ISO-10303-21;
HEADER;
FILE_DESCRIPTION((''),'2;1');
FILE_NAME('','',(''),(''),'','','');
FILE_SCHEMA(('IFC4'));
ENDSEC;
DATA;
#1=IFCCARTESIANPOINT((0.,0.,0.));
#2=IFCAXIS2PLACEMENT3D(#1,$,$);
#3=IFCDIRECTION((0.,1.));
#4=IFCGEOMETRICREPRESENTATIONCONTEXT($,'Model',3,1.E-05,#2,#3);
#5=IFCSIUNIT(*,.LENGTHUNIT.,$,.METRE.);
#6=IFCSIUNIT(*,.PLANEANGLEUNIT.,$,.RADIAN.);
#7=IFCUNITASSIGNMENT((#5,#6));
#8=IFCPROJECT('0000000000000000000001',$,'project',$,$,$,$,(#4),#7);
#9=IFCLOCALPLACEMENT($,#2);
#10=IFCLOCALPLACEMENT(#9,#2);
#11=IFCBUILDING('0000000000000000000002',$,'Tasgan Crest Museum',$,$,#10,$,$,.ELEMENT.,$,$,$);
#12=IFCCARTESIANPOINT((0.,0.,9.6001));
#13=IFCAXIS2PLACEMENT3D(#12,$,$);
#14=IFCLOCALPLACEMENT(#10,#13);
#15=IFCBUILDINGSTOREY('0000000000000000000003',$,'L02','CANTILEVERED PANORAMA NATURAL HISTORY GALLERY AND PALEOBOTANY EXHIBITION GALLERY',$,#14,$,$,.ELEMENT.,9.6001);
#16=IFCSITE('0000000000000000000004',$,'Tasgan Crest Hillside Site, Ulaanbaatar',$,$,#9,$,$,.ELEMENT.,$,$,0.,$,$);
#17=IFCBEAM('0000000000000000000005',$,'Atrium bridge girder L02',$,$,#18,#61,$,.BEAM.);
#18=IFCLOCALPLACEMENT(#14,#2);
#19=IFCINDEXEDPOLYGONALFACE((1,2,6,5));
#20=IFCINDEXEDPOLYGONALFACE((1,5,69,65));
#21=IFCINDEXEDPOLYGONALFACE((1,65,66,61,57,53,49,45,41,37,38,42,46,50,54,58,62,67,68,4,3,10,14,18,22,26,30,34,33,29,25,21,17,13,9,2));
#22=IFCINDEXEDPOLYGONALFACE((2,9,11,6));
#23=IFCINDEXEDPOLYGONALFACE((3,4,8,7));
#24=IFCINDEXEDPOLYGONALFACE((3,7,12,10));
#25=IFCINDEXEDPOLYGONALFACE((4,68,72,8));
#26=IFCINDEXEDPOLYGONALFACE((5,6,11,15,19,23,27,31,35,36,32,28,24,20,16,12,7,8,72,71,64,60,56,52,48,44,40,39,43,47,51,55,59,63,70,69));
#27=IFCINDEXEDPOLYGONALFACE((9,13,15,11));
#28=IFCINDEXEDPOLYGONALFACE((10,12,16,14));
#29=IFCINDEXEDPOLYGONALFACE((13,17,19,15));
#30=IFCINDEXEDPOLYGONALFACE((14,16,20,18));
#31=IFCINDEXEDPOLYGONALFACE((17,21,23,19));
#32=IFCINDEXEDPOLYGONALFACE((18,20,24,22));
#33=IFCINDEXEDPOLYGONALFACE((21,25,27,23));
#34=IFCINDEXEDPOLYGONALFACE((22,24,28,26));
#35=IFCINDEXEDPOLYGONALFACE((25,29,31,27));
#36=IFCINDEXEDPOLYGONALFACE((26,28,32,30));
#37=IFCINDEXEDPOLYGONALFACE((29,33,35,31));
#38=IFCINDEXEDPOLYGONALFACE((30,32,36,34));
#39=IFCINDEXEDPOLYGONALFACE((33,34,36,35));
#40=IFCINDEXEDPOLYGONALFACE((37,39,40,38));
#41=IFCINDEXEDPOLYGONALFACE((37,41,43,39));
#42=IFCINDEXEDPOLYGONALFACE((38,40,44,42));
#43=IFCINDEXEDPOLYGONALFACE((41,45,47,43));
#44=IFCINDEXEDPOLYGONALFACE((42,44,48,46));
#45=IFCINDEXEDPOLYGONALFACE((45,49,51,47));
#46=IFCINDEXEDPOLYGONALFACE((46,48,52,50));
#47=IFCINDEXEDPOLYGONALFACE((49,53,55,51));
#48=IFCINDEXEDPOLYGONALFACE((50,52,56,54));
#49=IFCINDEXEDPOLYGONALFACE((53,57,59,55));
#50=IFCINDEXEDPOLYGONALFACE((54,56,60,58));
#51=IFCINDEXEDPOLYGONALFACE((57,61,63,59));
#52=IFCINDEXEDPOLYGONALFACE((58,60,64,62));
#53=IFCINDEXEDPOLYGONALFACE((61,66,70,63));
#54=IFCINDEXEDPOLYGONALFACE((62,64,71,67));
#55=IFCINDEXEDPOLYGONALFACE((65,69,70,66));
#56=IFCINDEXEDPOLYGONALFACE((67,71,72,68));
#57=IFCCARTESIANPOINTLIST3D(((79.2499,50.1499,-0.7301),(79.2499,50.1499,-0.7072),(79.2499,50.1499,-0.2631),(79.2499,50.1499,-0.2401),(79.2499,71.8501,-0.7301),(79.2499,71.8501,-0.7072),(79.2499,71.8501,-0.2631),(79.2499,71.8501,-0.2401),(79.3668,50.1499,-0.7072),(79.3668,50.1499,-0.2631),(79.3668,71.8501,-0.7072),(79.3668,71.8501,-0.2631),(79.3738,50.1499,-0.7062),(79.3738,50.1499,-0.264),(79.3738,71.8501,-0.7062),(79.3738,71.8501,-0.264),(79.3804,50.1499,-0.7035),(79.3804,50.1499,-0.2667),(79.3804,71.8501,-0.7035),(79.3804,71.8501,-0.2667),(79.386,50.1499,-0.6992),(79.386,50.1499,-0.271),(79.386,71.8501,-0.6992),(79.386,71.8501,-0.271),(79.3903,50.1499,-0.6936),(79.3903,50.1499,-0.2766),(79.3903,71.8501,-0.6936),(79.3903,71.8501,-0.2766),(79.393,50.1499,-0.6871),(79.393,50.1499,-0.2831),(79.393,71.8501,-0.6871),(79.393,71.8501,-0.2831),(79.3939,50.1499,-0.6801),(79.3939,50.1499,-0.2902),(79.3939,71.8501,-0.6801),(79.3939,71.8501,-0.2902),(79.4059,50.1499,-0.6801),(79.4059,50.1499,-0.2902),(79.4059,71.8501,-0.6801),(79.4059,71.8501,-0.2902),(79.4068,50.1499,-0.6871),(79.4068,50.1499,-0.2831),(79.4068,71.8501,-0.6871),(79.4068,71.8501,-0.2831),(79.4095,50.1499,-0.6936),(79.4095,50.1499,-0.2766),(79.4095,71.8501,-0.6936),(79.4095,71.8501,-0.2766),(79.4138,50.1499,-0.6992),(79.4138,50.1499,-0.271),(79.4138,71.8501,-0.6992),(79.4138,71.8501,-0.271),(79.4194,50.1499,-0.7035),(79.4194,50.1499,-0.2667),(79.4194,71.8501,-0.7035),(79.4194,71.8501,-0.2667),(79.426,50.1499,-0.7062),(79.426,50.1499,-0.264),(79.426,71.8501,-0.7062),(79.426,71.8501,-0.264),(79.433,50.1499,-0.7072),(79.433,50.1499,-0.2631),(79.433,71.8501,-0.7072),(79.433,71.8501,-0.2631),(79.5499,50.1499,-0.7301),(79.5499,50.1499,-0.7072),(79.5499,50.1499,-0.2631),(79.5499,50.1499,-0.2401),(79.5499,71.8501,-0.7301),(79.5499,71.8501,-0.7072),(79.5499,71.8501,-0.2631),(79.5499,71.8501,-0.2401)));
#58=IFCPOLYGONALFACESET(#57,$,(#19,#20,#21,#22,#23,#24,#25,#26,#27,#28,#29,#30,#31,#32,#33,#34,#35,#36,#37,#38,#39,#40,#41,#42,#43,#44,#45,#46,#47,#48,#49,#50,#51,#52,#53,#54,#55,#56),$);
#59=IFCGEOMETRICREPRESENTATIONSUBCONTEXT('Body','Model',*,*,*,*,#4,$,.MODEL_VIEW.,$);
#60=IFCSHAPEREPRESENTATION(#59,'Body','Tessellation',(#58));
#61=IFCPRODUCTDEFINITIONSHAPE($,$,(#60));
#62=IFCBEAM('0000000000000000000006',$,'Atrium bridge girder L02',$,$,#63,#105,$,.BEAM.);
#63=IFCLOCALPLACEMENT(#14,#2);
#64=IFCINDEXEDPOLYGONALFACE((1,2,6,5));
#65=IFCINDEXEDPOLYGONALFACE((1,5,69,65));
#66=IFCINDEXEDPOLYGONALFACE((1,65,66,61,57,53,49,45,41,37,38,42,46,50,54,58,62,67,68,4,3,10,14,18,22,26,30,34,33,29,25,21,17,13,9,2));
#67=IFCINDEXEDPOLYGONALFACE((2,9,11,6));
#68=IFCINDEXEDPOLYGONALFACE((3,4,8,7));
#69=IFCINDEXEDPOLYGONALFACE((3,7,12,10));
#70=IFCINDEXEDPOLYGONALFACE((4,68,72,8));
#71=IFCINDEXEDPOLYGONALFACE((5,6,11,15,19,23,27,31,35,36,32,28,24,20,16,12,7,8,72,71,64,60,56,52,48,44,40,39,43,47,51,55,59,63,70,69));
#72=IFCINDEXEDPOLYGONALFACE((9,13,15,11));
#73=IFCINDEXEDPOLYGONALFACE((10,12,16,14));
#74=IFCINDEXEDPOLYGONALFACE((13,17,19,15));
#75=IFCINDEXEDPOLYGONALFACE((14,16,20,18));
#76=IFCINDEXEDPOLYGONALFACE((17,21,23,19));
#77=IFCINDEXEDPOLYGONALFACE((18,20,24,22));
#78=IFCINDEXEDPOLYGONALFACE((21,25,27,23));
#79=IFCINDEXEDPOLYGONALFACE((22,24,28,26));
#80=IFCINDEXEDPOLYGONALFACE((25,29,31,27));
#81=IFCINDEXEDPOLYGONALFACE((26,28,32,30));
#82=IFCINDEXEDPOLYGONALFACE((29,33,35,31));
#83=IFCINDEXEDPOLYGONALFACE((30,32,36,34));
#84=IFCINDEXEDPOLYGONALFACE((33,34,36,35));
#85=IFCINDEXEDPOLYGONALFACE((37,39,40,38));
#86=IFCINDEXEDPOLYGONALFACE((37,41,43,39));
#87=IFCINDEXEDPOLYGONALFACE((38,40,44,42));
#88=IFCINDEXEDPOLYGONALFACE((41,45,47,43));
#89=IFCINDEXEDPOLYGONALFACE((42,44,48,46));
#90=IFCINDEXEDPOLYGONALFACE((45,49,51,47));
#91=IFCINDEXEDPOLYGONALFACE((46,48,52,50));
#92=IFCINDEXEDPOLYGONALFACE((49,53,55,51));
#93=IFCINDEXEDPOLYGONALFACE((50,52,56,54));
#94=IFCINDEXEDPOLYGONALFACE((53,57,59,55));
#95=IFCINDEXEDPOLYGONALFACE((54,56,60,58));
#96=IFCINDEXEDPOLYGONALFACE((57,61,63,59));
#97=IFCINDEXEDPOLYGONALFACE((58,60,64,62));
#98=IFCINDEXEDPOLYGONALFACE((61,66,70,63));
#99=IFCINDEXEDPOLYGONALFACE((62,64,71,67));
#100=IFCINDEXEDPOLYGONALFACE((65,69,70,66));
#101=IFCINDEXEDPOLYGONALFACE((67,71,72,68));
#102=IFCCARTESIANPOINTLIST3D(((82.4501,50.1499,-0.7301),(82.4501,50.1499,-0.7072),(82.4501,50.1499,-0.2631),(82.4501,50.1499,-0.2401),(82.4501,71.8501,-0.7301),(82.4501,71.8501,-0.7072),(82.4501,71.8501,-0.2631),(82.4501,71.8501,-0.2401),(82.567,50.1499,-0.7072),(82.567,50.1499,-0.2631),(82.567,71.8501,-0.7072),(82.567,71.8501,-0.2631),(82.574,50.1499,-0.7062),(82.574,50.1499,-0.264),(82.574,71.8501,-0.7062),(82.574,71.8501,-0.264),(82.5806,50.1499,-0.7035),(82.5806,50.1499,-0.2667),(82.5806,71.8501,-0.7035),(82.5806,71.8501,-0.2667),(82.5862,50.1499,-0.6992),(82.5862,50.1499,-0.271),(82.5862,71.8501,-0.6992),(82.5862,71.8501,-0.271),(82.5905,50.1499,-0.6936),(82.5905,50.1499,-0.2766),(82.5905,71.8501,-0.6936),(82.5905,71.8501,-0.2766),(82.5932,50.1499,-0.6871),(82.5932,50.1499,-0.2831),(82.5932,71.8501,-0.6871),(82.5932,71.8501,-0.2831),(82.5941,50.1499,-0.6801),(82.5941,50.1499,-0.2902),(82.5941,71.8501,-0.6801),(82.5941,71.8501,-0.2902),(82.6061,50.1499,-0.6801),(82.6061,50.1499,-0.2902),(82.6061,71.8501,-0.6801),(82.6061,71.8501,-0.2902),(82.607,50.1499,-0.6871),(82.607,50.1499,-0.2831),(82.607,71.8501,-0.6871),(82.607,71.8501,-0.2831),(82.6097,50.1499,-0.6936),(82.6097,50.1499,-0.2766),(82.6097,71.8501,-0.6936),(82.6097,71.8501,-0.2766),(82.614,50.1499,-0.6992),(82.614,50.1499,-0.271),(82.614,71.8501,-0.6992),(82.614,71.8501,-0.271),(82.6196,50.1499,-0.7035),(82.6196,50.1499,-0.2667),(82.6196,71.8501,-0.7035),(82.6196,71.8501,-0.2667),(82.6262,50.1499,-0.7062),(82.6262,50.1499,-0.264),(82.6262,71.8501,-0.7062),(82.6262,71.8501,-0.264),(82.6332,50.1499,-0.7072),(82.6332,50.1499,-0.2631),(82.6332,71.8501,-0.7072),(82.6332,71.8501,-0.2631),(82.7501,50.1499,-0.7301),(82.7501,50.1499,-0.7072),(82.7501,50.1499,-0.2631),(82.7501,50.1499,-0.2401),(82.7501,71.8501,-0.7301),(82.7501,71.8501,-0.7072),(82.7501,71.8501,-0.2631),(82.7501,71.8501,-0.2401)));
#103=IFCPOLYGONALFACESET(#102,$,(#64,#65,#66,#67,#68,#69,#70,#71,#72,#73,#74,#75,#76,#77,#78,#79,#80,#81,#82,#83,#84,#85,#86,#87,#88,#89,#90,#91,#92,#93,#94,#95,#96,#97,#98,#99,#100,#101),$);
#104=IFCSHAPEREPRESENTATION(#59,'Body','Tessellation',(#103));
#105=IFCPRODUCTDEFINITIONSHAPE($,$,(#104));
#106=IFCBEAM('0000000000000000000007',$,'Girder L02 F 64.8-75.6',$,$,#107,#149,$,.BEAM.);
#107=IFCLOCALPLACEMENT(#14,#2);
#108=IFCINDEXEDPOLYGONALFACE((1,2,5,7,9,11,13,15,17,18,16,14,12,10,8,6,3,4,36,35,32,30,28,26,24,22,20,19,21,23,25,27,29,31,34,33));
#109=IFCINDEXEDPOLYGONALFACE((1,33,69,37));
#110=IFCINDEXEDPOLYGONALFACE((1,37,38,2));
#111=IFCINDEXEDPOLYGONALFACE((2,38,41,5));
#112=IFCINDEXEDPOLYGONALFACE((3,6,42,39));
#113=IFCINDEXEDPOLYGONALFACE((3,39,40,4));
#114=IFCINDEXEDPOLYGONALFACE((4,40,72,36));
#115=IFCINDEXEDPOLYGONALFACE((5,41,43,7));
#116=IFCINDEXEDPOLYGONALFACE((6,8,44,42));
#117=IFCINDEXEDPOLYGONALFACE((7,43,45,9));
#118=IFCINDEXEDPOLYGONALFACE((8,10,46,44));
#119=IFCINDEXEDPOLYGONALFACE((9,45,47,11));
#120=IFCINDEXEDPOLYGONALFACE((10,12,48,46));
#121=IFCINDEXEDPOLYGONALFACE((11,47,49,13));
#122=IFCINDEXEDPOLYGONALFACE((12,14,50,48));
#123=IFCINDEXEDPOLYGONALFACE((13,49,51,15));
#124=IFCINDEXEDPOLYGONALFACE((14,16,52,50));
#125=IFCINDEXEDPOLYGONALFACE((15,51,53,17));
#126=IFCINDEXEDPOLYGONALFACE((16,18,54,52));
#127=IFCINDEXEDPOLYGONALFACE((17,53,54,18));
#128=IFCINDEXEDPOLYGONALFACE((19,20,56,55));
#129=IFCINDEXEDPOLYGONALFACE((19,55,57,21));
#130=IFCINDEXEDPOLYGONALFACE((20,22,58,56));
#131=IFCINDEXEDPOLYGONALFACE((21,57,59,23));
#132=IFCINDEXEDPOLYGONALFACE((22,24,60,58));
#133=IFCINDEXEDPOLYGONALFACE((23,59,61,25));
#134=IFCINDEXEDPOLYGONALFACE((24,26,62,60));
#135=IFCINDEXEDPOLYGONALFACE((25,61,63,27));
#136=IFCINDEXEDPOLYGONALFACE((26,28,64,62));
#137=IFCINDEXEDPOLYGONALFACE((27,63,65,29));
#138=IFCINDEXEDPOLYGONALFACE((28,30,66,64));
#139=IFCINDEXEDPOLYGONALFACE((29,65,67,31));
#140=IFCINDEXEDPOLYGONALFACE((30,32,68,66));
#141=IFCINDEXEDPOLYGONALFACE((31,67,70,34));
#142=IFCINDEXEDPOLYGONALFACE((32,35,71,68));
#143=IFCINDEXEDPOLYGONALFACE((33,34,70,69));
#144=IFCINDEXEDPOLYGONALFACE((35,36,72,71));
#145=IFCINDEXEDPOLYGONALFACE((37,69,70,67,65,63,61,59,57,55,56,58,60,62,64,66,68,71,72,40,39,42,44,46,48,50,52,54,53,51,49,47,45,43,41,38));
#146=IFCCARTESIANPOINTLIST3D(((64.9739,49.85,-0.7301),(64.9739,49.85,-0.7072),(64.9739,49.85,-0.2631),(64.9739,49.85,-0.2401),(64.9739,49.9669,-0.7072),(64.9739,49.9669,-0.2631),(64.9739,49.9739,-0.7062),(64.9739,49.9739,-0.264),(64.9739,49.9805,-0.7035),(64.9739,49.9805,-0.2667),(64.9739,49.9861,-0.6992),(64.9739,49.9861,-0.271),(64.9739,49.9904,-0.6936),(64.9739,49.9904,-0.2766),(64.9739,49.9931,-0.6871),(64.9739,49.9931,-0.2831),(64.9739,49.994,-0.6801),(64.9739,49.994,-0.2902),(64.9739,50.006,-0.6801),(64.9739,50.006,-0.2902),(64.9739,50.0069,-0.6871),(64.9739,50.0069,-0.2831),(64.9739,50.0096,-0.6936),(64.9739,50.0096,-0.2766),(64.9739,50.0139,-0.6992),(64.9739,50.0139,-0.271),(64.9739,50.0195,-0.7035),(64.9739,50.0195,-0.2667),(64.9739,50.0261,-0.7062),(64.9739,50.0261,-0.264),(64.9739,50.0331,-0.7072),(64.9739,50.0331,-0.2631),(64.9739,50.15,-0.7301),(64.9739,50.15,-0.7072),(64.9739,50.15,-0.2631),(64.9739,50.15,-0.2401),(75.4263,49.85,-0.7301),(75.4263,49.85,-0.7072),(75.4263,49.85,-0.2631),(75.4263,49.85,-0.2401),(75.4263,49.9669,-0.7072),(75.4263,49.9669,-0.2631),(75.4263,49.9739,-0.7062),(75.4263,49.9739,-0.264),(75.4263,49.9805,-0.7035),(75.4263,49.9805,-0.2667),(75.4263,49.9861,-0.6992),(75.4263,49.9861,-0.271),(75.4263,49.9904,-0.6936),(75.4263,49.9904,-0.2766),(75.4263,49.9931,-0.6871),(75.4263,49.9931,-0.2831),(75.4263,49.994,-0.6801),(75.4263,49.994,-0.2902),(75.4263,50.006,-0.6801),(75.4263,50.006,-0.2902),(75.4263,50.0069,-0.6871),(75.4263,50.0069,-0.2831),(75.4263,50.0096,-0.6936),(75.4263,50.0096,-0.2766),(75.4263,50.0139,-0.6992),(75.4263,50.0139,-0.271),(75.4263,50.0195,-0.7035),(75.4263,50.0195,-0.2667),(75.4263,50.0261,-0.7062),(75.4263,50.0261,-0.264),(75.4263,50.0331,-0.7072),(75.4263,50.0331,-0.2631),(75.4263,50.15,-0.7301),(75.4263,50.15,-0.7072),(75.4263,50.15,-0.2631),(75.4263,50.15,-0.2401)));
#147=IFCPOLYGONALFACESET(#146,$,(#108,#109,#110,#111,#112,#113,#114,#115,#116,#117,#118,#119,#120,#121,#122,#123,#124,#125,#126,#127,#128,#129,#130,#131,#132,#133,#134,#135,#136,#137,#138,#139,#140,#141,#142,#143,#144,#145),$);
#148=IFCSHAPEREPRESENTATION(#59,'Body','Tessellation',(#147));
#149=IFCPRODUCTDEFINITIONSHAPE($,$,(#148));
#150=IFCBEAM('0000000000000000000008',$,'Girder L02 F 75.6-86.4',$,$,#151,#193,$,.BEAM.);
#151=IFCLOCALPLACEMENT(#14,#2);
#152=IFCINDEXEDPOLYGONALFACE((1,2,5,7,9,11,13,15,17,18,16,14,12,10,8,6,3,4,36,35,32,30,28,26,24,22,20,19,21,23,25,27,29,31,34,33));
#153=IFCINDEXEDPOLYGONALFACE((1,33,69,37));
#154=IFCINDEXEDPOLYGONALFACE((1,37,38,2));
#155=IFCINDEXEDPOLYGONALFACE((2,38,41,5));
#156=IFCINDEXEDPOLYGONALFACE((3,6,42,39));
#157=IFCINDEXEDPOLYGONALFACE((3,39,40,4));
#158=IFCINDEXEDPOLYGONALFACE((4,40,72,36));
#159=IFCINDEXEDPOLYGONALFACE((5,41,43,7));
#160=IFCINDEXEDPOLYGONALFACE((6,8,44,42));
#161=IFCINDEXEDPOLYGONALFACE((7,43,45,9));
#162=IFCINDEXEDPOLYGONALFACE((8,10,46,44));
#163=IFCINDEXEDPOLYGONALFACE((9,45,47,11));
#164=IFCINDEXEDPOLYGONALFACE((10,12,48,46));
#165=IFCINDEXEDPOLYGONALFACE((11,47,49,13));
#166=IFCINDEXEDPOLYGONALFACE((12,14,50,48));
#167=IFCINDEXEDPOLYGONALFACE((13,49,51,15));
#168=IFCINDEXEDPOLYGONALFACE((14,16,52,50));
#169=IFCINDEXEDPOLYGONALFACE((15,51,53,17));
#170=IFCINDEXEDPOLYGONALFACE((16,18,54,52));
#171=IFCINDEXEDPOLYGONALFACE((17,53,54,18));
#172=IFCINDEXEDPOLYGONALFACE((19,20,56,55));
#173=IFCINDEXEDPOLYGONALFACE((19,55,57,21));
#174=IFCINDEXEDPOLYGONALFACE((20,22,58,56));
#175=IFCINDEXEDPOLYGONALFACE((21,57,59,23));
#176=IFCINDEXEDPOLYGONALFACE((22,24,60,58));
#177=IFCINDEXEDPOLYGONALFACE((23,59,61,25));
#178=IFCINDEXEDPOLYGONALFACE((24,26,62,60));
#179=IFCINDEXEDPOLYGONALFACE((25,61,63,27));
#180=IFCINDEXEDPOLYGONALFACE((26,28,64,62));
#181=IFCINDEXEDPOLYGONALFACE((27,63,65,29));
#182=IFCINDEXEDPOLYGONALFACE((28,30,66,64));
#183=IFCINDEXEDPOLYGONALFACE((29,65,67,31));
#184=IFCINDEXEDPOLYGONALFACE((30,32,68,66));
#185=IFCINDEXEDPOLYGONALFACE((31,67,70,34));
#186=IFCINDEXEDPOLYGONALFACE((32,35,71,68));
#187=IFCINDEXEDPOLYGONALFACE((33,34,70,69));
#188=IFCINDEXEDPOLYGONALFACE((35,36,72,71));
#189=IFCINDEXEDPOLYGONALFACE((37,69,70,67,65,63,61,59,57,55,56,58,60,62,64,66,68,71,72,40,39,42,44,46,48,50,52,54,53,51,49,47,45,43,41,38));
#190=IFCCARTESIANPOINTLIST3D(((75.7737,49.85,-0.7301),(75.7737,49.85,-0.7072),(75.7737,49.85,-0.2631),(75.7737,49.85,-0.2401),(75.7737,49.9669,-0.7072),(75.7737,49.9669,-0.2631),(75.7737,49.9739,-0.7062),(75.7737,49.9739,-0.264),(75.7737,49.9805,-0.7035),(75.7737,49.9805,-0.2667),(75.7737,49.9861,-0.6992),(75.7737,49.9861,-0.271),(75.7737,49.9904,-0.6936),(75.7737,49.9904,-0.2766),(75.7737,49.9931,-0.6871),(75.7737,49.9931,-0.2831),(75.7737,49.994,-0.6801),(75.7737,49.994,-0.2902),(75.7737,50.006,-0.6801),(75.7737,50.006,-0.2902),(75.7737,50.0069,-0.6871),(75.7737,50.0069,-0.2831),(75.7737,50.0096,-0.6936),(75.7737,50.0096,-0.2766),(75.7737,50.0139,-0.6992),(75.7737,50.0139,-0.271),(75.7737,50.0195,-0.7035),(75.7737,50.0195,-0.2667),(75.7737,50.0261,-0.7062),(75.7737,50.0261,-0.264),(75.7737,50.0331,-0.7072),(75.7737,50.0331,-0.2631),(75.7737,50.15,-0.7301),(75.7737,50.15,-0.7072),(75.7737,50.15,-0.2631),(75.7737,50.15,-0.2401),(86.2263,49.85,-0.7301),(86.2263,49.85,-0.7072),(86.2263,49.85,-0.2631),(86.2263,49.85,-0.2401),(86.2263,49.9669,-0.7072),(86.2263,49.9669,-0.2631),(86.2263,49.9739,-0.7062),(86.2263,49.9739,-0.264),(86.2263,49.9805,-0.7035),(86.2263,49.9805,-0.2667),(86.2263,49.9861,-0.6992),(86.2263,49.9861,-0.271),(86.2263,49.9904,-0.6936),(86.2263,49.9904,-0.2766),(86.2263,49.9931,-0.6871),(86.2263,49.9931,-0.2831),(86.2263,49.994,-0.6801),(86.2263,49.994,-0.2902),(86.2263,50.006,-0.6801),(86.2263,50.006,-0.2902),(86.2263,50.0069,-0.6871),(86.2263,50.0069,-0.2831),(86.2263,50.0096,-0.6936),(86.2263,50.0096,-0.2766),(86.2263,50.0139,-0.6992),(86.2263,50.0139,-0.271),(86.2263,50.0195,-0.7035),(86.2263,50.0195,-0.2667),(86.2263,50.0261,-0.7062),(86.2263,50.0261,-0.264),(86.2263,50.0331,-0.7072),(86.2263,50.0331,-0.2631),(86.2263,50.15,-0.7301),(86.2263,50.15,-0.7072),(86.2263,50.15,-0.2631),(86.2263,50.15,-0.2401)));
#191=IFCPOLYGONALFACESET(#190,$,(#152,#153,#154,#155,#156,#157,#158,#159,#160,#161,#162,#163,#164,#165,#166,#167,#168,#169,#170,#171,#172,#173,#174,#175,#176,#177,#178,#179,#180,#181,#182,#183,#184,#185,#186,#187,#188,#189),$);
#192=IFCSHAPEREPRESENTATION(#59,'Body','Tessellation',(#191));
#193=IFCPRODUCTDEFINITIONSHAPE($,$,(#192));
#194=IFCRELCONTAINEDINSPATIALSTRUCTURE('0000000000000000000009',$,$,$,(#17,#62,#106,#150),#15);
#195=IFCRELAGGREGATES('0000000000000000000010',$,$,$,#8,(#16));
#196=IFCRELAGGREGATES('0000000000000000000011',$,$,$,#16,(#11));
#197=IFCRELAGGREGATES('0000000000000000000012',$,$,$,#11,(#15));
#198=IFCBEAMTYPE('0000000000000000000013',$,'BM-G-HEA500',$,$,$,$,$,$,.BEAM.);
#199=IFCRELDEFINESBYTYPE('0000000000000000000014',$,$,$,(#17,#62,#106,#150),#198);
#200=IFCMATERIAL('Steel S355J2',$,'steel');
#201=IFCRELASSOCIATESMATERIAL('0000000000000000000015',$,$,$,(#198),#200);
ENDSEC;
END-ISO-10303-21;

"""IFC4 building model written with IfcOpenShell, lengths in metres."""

from ifc_helpers import new_model, si_unit, direction, frame, origin, origin_2d, place, context, subcontext, project, spatial, i_section, extrude, material, material_profile, profile_set, type_object, element, save


model = new_model("IFC4")

# Units and contexts
model_context = context("Model", 3, precision=1e-05, world=origin(), true_north=direction((0.0, 1.0)))
body_context = subcontext(model_context, "Body", "Model", "MODEL_VIEW")
ifc_project = project(units=[si_unit("LENGTHUNIT", "METRE"), si_unit("PLANEANGLEUNIT", "RADIAN")], contexts=[model_context])

# Site, building, storey
site_placement = place(None, origin())
site = spatial("IfcSite", under=ifc_project, at=site_placement, Name="Tasgan Crest Hillside Site, Ulaanbaatar", CompositionType="ELEMENT", RefElevation=0.0)
building_placement = place(site_placement, origin())
building = spatial("IfcBuilding", under=site, at=building_placement, Name="Tasgan Crest Museum", CompositionType="ELEMENT")
storey_placement = place(building_placement, frame((0.0, 0.0, 9.6001)))
storey = spatial("IfcBuildingStorey", under=building, at=storey_placement, Name="L02", Description="CANTILEVERED PANORAMA NATURAL HISTORY GALLERY AND PALEOBOTANY EXHIBITION GALLERY", CompositionType="ELEMENT", Elevation=9.6001)

# Beams
ifc_material_1 = material(Name="Steel S355J2", Category="steel")
ifc_material_profile_1 = material_profile(ifc_material_1, i_section(OverallWidth=0.3, OverallDepth=0.49, WebThickness=0.012, FlangeThickness=0.0229, FilletRadius=0.0271, at=origin_2d()), Name="HEA 500")
ifc_profile_set_1 = profile_set([ifc_material_profile_1], Name="Steel S355J2")
beam_type_1 = type_object("IfcBeamType", Name="BM-G-HEA500", PredefinedType="BEAM", material=ifc_profile_set_1)
for number, where, z_axis, x_axis, name in (
    (1, (79.3999, 50.1499, -0.4851), (0.0, 1.0, 0.0), (-1.0, 0.0, 0.0), "Atrium bridge girder L02"),
    (2, (82.6001, 50.1499, -0.4851), (0.0, 1.0, 0.0), (-1.0, 0.0, 0.0), "Atrium bridge girder L02"),
):
    element("IfcBeam", number, at=place(storey_placement, frame(where, z_axis=z_axis, x_axis=x_axis)), inside=storey, type_object=beam_type_1, Name=name, PredefinedType="BEAM", context=body_context, shape_type="SweptSolid", body=[
        extrude(i_section(OverallWidth=0.3, OverallDepth=0.49, WebThickness=0.012, FlangeThickness=0.0229, FilletRadius=0.0271, at=origin_2d()), origin(), (0.0, 0.0, 1.0), 21.7002),
    ])
beam_1_placement = place(storey_placement, frame((64.9739, 50.0, -0.4851), z_axis=(1.0, 0.0, 0.0), x_axis=(0.0, 1.0, 0.0)))
element("IfcBeam", 3, at=beam_1_placement, inside=storey, type_object=beam_type_1, Name="Girder L02 F 64.8-75.6", PredefinedType="BEAM", context=body_context, shape_type="SweptSolid", body=[
    extrude(i_section(OverallWidth=0.3, OverallDepth=0.49, WebThickness=0.012, FlangeThickness=0.0229, FilletRadius=0.0271, at=origin_2d()), origin(), (0.0, 0.0, 1.0), 10.4524),
])
beam_2_placement = place(storey_placement, frame((75.7737, 50.0, -0.4851), z_axis=(1.0, 0.0, 0.0), x_axis=(0.0, 1.0, 0.0)))
element("IfcBeam", 4, at=beam_2_placement, inside=storey, type_object=beam_type_1, Name="Girder L02 F 75.6-86.4", PredefinedType="BEAM", context=body_context, shape_type="SweptSolid", body=[
    extrude(i_section(OverallWidth=0.3, OverallDepth=0.49, WebThickness=0.012, FlangeThickness=0.0229, FilletRadius=0.0271, at=origin_2d()), origin(), (0.0, 0.0, 1.0), 10.4526),
])

save(model, "model.ifc")
